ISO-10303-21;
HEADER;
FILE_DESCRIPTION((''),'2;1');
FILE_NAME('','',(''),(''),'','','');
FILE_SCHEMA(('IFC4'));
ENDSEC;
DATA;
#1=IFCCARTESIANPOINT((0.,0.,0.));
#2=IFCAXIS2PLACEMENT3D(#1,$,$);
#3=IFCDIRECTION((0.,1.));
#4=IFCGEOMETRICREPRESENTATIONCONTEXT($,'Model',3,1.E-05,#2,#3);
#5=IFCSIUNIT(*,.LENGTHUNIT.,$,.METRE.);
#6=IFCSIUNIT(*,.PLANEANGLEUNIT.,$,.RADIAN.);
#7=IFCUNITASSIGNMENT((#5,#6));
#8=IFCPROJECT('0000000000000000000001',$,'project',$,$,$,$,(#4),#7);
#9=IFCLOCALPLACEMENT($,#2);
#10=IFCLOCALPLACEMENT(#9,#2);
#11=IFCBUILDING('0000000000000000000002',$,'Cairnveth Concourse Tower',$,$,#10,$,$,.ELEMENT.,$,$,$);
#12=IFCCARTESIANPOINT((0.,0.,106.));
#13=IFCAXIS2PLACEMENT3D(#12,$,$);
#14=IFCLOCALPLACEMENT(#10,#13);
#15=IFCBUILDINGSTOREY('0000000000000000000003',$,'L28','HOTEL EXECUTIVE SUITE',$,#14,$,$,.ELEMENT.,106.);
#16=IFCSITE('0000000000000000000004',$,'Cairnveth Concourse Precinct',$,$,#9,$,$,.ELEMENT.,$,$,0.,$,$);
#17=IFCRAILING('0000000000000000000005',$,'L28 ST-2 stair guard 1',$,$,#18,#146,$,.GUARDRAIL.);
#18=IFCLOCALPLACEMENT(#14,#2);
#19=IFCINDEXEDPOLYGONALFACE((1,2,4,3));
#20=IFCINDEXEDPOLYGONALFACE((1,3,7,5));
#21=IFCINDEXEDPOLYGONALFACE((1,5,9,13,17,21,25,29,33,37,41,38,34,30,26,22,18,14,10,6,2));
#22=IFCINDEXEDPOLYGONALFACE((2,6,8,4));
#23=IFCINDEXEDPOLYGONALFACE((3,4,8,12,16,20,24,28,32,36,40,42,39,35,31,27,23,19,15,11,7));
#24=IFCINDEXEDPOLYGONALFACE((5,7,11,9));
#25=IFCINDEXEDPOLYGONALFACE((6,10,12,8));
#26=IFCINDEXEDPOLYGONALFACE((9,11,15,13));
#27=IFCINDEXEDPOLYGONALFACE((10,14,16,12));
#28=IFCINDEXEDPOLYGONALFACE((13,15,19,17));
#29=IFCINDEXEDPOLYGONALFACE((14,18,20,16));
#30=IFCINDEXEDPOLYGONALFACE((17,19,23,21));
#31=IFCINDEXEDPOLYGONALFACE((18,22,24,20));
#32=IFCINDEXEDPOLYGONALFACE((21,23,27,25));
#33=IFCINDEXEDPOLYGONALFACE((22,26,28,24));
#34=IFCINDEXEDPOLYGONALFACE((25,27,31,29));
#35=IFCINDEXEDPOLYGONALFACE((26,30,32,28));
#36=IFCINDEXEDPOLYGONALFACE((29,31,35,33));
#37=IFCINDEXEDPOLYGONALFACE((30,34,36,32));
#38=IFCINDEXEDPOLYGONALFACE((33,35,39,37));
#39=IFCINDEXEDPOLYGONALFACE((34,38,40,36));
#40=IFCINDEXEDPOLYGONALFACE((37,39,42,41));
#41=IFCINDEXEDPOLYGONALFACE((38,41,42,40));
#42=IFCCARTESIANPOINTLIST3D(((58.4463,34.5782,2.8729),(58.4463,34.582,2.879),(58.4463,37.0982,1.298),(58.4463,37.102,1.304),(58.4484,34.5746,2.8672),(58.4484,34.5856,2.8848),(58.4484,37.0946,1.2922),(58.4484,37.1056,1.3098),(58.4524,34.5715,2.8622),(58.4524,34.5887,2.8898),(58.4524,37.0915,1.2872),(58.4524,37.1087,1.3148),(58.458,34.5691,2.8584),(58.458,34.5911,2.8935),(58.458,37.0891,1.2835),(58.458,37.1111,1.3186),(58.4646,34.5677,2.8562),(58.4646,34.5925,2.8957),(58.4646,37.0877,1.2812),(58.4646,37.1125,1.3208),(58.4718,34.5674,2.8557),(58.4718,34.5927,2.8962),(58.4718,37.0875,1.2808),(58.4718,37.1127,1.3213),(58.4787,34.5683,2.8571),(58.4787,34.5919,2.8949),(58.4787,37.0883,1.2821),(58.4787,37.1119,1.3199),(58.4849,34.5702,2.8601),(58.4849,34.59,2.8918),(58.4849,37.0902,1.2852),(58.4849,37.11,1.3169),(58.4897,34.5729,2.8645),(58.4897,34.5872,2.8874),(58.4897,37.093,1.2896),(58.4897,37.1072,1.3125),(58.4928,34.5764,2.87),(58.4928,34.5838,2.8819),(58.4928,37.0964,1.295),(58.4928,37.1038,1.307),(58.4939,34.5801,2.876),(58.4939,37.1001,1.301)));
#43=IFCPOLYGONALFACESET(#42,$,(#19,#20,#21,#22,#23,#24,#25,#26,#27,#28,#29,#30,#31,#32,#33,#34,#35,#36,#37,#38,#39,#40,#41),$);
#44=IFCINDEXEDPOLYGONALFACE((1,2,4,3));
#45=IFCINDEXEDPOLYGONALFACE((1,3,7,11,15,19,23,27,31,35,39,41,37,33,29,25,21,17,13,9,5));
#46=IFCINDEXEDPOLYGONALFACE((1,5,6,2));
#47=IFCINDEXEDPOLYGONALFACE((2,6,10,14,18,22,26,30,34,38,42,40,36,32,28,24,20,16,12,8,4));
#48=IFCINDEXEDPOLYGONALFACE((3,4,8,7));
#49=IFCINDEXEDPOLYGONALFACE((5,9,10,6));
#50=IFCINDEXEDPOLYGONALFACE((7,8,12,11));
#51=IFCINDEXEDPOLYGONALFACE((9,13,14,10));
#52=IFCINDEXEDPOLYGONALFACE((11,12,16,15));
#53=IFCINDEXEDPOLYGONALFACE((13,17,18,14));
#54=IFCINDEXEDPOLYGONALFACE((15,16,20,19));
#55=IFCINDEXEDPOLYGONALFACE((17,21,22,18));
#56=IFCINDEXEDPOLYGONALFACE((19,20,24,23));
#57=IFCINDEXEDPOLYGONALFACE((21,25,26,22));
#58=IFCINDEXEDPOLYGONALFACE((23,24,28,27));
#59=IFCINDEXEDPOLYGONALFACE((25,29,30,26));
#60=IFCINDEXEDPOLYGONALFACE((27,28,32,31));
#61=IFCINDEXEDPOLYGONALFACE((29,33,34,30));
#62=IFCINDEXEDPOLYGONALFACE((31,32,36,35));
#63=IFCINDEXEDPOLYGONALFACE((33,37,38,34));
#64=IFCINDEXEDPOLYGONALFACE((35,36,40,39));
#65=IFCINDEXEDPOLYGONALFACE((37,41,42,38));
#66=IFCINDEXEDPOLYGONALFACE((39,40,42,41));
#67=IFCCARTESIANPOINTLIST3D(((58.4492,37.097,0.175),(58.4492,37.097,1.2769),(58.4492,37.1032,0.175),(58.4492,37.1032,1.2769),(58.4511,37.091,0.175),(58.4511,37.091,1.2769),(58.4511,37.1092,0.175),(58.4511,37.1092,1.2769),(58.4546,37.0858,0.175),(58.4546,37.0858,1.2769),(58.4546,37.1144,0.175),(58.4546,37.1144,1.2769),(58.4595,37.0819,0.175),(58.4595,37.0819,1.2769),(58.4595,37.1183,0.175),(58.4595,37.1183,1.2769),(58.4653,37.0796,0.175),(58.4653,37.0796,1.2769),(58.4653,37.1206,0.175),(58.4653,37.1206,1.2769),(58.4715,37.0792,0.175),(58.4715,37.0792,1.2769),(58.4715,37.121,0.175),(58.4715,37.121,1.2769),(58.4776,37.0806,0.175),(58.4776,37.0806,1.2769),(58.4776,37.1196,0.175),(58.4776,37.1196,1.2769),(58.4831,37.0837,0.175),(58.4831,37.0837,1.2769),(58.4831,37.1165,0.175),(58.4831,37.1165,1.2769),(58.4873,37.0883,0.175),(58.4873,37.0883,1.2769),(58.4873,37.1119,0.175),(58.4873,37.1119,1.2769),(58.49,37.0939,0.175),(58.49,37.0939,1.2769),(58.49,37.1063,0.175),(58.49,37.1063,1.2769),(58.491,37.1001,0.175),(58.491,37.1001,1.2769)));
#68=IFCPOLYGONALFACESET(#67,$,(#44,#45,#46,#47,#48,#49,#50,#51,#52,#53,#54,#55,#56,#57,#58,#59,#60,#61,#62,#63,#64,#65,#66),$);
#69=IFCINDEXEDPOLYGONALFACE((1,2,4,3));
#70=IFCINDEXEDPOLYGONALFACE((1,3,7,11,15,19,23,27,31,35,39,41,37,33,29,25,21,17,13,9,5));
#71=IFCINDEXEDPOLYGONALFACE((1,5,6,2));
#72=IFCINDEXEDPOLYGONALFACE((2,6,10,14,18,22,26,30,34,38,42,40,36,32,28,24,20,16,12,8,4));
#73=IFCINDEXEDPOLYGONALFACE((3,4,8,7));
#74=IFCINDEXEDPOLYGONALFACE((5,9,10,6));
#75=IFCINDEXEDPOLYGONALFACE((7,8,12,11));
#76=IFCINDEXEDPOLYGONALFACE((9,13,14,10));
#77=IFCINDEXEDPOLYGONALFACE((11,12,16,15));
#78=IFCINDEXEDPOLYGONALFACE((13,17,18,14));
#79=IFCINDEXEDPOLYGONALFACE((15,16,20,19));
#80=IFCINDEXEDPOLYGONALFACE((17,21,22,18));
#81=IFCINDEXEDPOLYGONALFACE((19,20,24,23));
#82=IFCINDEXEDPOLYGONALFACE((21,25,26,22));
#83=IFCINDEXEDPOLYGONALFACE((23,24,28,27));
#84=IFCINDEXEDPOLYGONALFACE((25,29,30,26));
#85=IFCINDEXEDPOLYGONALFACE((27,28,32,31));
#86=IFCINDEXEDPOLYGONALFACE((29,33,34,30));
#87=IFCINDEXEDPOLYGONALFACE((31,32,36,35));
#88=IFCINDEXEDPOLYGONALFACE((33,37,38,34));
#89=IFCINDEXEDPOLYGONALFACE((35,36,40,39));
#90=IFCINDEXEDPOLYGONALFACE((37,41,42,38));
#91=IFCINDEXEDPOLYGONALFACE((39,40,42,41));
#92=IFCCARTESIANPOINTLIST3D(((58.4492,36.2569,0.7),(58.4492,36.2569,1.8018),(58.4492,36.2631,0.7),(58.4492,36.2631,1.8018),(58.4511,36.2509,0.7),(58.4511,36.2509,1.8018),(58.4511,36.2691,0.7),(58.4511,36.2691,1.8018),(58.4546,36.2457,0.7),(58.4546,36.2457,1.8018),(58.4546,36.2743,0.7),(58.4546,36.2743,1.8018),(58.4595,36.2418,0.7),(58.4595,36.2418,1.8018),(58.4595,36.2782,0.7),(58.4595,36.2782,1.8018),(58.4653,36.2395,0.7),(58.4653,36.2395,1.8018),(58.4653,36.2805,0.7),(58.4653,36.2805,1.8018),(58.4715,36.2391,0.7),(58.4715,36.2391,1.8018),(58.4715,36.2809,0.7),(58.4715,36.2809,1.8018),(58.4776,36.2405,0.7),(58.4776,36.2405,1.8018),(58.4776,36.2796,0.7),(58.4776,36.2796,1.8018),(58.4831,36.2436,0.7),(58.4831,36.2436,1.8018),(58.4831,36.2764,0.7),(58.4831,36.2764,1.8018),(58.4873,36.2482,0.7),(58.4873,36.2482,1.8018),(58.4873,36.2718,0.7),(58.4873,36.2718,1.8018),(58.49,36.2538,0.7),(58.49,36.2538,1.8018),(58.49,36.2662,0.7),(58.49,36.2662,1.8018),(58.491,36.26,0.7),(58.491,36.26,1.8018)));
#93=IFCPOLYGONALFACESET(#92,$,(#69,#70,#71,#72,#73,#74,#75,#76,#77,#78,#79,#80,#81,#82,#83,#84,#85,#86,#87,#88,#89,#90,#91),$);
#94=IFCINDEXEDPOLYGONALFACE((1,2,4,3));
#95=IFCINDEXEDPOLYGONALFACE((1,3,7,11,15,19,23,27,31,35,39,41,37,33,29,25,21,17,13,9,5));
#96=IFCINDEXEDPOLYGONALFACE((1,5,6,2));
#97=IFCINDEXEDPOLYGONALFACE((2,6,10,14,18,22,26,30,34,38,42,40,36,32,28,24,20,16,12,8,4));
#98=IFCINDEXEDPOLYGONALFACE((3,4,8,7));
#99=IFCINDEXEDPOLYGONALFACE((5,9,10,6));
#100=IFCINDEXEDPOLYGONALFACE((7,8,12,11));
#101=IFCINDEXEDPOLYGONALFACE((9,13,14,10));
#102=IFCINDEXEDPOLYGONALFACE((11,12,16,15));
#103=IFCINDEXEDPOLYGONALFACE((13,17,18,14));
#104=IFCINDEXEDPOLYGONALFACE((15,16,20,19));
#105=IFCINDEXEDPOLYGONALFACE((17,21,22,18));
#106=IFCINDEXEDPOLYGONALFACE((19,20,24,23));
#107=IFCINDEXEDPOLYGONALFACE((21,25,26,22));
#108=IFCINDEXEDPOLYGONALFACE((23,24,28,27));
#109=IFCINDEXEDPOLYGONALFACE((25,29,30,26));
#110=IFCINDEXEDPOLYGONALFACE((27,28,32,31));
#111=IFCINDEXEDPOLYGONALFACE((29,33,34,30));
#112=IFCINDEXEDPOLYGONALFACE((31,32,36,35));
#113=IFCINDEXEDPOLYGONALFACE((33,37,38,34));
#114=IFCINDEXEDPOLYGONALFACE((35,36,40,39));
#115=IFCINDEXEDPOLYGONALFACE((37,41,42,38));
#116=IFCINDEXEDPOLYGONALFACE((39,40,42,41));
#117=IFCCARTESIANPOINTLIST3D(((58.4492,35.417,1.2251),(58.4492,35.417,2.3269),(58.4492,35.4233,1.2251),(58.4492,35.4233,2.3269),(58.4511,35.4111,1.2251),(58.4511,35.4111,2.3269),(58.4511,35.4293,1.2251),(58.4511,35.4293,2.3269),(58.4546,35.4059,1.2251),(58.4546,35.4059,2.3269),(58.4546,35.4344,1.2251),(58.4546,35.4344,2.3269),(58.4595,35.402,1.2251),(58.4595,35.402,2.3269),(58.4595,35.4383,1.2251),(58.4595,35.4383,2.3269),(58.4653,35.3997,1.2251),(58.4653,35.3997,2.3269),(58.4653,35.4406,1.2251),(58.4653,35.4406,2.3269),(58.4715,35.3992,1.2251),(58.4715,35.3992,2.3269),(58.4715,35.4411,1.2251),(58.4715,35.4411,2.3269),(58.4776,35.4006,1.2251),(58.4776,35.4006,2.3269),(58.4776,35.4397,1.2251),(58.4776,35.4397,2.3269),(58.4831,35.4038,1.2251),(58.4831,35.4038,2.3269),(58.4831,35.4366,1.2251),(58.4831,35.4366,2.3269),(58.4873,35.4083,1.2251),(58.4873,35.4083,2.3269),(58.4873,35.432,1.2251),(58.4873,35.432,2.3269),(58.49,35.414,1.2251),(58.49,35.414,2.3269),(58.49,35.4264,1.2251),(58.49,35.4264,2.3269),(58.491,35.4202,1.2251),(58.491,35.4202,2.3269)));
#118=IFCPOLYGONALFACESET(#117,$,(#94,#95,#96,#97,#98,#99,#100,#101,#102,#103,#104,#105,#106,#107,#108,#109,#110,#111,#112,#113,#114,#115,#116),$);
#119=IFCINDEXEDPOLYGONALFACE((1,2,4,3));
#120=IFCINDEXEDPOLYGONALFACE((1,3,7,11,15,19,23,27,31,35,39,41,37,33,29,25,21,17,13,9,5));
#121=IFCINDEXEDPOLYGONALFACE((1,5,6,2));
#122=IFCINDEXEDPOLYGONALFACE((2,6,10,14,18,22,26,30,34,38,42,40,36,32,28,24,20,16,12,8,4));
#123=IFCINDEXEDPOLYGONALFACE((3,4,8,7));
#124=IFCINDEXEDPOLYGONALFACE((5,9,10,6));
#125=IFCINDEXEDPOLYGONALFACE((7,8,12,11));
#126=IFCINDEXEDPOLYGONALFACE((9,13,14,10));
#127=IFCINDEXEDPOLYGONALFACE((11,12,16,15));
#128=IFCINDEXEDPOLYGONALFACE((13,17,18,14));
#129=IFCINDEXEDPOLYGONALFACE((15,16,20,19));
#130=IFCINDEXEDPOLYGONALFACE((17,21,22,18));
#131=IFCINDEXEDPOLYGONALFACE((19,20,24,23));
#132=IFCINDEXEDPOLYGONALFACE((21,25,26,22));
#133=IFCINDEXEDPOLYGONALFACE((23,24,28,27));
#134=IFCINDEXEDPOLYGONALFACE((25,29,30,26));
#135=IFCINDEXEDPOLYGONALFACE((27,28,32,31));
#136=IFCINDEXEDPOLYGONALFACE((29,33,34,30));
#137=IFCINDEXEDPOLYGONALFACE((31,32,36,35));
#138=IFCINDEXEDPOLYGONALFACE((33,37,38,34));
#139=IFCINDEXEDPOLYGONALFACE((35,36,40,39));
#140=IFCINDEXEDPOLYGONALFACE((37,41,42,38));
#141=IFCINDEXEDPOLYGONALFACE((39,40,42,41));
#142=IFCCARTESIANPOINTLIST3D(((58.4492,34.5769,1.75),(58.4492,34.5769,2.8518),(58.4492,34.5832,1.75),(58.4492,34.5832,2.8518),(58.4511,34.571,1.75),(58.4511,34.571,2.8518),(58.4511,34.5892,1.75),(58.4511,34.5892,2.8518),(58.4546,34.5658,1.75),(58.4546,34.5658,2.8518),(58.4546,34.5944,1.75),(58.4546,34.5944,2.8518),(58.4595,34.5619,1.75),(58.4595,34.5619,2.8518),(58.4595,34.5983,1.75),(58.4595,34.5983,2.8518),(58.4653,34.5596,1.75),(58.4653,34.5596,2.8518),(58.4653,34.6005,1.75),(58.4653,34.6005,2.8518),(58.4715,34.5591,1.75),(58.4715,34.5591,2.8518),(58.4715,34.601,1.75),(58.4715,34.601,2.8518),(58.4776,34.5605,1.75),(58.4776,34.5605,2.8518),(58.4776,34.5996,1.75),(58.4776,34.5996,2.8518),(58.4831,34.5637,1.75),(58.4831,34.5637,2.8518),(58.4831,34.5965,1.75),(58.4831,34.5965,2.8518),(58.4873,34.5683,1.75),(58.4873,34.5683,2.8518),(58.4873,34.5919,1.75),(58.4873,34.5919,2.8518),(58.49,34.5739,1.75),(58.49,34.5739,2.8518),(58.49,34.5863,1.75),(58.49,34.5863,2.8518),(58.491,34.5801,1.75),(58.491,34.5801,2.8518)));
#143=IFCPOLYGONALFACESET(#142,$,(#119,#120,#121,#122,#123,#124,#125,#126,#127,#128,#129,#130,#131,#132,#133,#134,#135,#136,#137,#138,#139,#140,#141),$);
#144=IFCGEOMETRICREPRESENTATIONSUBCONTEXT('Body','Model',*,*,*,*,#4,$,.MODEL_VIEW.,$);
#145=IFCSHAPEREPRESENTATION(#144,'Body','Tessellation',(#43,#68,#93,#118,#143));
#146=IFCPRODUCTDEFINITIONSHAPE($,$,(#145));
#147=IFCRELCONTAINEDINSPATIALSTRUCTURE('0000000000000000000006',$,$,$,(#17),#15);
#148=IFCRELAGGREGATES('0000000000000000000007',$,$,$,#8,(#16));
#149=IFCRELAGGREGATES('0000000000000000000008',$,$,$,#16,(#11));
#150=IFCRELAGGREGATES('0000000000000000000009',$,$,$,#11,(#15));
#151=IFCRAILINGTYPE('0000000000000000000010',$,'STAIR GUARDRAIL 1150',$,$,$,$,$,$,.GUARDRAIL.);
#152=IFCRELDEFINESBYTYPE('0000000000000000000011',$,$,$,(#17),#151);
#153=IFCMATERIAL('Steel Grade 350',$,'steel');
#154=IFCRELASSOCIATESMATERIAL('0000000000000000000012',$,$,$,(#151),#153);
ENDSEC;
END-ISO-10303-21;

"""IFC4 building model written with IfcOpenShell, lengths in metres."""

from ifc_helpers import new_model, si_unit, direction, frame, origin, origin_2d, place, context, subcontext, project, spatial, circle, extrude, material, type_object, element, save


model = new_model("IFC4")

# Units and contexts
model_context = context("Model", 3, precision=1e-05, world=origin(), true_north=direction((0.0, 1.0)))
body_context = subcontext(model_context, "Body", "Model", "MODEL_VIEW")
ifc_project = project(units=[si_unit("LENGTHUNIT", "METRE"), si_unit("PLANEANGLEUNIT", "RADIAN")], contexts=[model_context])

# Site, building, storey
site_placement = place(None, origin())
site = spatial("IfcSite", under=ifc_project, at=site_placement, Name="Cairnveth Concourse Precinct", CompositionType="ELEMENT", RefElevation=0.0)
building_placement = place(site_placement, origin())
building = spatial("IfcBuilding", under=site, at=building_placement, Name="Cairnveth Concourse Tower", CompositionType="ELEMENT")
storey_placement = place(building_placement, frame((0.0, 0.0, 106.0)))
storey = spatial("IfcBuildingStorey", under=building, at=storey_placement, Name="L28", Description="HOTEL EXECUTIVE SUITE", CompositionType="ELEMENT", Elevation=106.0)

# Shared definitions
ifc_material_1 = material(Name="Steel Grade 350", Category="steel")

# Railing
railing_type_1 = type_object("IfcRailingType", Name="STAIR GUARDRAIL 1150", PredefinedType="GUARDRAIL", material=ifc_material_1)
railing_1_placement = place(storey_placement, frame((58.47, 37.1001, 0.175)))
element("IfcRailing", 1, at=railing_1_placement, inside=storey, type_object=railing_type_1, Name="L28 ST-2 stair guard 1", PredefinedType="GUARDRAIL", context=body_context, shape_type="SweptSolid", body=[
    extrude(circle(Radius=0.0239, at=origin_2d()), frame((0.0, 0.0, 1.126), z_axis=(0.0, -0.848008, 0.529984), x_axis=(1.0, 0.0, 0.0)), (0.0, 0.0, 1.0), 2.9717),
    extrude(circle(Radius=0.021, at=origin_2d()), origin(), (0.0, 0.0, 1.0), 1.1018),
    extrude(circle(Radius=0.021, at=origin_2d()), frame((0.0, -0.8401, 0.5249)), (0.0, 0.0, 1.0), 1.1018),
    extrude(circle(Radius=0.021, at=origin_2d()), frame((0.0, -1.6799, 1.05)), (0.0, 0.0, 1.0), 1.1018),
    extrude(circle(Radius=0.021, at=origin_2d()), frame((0.0, -2.52, 1.575)), (0.0, 0.0, 1.0), 1.1018),
])

save(model, "model.ifc")
